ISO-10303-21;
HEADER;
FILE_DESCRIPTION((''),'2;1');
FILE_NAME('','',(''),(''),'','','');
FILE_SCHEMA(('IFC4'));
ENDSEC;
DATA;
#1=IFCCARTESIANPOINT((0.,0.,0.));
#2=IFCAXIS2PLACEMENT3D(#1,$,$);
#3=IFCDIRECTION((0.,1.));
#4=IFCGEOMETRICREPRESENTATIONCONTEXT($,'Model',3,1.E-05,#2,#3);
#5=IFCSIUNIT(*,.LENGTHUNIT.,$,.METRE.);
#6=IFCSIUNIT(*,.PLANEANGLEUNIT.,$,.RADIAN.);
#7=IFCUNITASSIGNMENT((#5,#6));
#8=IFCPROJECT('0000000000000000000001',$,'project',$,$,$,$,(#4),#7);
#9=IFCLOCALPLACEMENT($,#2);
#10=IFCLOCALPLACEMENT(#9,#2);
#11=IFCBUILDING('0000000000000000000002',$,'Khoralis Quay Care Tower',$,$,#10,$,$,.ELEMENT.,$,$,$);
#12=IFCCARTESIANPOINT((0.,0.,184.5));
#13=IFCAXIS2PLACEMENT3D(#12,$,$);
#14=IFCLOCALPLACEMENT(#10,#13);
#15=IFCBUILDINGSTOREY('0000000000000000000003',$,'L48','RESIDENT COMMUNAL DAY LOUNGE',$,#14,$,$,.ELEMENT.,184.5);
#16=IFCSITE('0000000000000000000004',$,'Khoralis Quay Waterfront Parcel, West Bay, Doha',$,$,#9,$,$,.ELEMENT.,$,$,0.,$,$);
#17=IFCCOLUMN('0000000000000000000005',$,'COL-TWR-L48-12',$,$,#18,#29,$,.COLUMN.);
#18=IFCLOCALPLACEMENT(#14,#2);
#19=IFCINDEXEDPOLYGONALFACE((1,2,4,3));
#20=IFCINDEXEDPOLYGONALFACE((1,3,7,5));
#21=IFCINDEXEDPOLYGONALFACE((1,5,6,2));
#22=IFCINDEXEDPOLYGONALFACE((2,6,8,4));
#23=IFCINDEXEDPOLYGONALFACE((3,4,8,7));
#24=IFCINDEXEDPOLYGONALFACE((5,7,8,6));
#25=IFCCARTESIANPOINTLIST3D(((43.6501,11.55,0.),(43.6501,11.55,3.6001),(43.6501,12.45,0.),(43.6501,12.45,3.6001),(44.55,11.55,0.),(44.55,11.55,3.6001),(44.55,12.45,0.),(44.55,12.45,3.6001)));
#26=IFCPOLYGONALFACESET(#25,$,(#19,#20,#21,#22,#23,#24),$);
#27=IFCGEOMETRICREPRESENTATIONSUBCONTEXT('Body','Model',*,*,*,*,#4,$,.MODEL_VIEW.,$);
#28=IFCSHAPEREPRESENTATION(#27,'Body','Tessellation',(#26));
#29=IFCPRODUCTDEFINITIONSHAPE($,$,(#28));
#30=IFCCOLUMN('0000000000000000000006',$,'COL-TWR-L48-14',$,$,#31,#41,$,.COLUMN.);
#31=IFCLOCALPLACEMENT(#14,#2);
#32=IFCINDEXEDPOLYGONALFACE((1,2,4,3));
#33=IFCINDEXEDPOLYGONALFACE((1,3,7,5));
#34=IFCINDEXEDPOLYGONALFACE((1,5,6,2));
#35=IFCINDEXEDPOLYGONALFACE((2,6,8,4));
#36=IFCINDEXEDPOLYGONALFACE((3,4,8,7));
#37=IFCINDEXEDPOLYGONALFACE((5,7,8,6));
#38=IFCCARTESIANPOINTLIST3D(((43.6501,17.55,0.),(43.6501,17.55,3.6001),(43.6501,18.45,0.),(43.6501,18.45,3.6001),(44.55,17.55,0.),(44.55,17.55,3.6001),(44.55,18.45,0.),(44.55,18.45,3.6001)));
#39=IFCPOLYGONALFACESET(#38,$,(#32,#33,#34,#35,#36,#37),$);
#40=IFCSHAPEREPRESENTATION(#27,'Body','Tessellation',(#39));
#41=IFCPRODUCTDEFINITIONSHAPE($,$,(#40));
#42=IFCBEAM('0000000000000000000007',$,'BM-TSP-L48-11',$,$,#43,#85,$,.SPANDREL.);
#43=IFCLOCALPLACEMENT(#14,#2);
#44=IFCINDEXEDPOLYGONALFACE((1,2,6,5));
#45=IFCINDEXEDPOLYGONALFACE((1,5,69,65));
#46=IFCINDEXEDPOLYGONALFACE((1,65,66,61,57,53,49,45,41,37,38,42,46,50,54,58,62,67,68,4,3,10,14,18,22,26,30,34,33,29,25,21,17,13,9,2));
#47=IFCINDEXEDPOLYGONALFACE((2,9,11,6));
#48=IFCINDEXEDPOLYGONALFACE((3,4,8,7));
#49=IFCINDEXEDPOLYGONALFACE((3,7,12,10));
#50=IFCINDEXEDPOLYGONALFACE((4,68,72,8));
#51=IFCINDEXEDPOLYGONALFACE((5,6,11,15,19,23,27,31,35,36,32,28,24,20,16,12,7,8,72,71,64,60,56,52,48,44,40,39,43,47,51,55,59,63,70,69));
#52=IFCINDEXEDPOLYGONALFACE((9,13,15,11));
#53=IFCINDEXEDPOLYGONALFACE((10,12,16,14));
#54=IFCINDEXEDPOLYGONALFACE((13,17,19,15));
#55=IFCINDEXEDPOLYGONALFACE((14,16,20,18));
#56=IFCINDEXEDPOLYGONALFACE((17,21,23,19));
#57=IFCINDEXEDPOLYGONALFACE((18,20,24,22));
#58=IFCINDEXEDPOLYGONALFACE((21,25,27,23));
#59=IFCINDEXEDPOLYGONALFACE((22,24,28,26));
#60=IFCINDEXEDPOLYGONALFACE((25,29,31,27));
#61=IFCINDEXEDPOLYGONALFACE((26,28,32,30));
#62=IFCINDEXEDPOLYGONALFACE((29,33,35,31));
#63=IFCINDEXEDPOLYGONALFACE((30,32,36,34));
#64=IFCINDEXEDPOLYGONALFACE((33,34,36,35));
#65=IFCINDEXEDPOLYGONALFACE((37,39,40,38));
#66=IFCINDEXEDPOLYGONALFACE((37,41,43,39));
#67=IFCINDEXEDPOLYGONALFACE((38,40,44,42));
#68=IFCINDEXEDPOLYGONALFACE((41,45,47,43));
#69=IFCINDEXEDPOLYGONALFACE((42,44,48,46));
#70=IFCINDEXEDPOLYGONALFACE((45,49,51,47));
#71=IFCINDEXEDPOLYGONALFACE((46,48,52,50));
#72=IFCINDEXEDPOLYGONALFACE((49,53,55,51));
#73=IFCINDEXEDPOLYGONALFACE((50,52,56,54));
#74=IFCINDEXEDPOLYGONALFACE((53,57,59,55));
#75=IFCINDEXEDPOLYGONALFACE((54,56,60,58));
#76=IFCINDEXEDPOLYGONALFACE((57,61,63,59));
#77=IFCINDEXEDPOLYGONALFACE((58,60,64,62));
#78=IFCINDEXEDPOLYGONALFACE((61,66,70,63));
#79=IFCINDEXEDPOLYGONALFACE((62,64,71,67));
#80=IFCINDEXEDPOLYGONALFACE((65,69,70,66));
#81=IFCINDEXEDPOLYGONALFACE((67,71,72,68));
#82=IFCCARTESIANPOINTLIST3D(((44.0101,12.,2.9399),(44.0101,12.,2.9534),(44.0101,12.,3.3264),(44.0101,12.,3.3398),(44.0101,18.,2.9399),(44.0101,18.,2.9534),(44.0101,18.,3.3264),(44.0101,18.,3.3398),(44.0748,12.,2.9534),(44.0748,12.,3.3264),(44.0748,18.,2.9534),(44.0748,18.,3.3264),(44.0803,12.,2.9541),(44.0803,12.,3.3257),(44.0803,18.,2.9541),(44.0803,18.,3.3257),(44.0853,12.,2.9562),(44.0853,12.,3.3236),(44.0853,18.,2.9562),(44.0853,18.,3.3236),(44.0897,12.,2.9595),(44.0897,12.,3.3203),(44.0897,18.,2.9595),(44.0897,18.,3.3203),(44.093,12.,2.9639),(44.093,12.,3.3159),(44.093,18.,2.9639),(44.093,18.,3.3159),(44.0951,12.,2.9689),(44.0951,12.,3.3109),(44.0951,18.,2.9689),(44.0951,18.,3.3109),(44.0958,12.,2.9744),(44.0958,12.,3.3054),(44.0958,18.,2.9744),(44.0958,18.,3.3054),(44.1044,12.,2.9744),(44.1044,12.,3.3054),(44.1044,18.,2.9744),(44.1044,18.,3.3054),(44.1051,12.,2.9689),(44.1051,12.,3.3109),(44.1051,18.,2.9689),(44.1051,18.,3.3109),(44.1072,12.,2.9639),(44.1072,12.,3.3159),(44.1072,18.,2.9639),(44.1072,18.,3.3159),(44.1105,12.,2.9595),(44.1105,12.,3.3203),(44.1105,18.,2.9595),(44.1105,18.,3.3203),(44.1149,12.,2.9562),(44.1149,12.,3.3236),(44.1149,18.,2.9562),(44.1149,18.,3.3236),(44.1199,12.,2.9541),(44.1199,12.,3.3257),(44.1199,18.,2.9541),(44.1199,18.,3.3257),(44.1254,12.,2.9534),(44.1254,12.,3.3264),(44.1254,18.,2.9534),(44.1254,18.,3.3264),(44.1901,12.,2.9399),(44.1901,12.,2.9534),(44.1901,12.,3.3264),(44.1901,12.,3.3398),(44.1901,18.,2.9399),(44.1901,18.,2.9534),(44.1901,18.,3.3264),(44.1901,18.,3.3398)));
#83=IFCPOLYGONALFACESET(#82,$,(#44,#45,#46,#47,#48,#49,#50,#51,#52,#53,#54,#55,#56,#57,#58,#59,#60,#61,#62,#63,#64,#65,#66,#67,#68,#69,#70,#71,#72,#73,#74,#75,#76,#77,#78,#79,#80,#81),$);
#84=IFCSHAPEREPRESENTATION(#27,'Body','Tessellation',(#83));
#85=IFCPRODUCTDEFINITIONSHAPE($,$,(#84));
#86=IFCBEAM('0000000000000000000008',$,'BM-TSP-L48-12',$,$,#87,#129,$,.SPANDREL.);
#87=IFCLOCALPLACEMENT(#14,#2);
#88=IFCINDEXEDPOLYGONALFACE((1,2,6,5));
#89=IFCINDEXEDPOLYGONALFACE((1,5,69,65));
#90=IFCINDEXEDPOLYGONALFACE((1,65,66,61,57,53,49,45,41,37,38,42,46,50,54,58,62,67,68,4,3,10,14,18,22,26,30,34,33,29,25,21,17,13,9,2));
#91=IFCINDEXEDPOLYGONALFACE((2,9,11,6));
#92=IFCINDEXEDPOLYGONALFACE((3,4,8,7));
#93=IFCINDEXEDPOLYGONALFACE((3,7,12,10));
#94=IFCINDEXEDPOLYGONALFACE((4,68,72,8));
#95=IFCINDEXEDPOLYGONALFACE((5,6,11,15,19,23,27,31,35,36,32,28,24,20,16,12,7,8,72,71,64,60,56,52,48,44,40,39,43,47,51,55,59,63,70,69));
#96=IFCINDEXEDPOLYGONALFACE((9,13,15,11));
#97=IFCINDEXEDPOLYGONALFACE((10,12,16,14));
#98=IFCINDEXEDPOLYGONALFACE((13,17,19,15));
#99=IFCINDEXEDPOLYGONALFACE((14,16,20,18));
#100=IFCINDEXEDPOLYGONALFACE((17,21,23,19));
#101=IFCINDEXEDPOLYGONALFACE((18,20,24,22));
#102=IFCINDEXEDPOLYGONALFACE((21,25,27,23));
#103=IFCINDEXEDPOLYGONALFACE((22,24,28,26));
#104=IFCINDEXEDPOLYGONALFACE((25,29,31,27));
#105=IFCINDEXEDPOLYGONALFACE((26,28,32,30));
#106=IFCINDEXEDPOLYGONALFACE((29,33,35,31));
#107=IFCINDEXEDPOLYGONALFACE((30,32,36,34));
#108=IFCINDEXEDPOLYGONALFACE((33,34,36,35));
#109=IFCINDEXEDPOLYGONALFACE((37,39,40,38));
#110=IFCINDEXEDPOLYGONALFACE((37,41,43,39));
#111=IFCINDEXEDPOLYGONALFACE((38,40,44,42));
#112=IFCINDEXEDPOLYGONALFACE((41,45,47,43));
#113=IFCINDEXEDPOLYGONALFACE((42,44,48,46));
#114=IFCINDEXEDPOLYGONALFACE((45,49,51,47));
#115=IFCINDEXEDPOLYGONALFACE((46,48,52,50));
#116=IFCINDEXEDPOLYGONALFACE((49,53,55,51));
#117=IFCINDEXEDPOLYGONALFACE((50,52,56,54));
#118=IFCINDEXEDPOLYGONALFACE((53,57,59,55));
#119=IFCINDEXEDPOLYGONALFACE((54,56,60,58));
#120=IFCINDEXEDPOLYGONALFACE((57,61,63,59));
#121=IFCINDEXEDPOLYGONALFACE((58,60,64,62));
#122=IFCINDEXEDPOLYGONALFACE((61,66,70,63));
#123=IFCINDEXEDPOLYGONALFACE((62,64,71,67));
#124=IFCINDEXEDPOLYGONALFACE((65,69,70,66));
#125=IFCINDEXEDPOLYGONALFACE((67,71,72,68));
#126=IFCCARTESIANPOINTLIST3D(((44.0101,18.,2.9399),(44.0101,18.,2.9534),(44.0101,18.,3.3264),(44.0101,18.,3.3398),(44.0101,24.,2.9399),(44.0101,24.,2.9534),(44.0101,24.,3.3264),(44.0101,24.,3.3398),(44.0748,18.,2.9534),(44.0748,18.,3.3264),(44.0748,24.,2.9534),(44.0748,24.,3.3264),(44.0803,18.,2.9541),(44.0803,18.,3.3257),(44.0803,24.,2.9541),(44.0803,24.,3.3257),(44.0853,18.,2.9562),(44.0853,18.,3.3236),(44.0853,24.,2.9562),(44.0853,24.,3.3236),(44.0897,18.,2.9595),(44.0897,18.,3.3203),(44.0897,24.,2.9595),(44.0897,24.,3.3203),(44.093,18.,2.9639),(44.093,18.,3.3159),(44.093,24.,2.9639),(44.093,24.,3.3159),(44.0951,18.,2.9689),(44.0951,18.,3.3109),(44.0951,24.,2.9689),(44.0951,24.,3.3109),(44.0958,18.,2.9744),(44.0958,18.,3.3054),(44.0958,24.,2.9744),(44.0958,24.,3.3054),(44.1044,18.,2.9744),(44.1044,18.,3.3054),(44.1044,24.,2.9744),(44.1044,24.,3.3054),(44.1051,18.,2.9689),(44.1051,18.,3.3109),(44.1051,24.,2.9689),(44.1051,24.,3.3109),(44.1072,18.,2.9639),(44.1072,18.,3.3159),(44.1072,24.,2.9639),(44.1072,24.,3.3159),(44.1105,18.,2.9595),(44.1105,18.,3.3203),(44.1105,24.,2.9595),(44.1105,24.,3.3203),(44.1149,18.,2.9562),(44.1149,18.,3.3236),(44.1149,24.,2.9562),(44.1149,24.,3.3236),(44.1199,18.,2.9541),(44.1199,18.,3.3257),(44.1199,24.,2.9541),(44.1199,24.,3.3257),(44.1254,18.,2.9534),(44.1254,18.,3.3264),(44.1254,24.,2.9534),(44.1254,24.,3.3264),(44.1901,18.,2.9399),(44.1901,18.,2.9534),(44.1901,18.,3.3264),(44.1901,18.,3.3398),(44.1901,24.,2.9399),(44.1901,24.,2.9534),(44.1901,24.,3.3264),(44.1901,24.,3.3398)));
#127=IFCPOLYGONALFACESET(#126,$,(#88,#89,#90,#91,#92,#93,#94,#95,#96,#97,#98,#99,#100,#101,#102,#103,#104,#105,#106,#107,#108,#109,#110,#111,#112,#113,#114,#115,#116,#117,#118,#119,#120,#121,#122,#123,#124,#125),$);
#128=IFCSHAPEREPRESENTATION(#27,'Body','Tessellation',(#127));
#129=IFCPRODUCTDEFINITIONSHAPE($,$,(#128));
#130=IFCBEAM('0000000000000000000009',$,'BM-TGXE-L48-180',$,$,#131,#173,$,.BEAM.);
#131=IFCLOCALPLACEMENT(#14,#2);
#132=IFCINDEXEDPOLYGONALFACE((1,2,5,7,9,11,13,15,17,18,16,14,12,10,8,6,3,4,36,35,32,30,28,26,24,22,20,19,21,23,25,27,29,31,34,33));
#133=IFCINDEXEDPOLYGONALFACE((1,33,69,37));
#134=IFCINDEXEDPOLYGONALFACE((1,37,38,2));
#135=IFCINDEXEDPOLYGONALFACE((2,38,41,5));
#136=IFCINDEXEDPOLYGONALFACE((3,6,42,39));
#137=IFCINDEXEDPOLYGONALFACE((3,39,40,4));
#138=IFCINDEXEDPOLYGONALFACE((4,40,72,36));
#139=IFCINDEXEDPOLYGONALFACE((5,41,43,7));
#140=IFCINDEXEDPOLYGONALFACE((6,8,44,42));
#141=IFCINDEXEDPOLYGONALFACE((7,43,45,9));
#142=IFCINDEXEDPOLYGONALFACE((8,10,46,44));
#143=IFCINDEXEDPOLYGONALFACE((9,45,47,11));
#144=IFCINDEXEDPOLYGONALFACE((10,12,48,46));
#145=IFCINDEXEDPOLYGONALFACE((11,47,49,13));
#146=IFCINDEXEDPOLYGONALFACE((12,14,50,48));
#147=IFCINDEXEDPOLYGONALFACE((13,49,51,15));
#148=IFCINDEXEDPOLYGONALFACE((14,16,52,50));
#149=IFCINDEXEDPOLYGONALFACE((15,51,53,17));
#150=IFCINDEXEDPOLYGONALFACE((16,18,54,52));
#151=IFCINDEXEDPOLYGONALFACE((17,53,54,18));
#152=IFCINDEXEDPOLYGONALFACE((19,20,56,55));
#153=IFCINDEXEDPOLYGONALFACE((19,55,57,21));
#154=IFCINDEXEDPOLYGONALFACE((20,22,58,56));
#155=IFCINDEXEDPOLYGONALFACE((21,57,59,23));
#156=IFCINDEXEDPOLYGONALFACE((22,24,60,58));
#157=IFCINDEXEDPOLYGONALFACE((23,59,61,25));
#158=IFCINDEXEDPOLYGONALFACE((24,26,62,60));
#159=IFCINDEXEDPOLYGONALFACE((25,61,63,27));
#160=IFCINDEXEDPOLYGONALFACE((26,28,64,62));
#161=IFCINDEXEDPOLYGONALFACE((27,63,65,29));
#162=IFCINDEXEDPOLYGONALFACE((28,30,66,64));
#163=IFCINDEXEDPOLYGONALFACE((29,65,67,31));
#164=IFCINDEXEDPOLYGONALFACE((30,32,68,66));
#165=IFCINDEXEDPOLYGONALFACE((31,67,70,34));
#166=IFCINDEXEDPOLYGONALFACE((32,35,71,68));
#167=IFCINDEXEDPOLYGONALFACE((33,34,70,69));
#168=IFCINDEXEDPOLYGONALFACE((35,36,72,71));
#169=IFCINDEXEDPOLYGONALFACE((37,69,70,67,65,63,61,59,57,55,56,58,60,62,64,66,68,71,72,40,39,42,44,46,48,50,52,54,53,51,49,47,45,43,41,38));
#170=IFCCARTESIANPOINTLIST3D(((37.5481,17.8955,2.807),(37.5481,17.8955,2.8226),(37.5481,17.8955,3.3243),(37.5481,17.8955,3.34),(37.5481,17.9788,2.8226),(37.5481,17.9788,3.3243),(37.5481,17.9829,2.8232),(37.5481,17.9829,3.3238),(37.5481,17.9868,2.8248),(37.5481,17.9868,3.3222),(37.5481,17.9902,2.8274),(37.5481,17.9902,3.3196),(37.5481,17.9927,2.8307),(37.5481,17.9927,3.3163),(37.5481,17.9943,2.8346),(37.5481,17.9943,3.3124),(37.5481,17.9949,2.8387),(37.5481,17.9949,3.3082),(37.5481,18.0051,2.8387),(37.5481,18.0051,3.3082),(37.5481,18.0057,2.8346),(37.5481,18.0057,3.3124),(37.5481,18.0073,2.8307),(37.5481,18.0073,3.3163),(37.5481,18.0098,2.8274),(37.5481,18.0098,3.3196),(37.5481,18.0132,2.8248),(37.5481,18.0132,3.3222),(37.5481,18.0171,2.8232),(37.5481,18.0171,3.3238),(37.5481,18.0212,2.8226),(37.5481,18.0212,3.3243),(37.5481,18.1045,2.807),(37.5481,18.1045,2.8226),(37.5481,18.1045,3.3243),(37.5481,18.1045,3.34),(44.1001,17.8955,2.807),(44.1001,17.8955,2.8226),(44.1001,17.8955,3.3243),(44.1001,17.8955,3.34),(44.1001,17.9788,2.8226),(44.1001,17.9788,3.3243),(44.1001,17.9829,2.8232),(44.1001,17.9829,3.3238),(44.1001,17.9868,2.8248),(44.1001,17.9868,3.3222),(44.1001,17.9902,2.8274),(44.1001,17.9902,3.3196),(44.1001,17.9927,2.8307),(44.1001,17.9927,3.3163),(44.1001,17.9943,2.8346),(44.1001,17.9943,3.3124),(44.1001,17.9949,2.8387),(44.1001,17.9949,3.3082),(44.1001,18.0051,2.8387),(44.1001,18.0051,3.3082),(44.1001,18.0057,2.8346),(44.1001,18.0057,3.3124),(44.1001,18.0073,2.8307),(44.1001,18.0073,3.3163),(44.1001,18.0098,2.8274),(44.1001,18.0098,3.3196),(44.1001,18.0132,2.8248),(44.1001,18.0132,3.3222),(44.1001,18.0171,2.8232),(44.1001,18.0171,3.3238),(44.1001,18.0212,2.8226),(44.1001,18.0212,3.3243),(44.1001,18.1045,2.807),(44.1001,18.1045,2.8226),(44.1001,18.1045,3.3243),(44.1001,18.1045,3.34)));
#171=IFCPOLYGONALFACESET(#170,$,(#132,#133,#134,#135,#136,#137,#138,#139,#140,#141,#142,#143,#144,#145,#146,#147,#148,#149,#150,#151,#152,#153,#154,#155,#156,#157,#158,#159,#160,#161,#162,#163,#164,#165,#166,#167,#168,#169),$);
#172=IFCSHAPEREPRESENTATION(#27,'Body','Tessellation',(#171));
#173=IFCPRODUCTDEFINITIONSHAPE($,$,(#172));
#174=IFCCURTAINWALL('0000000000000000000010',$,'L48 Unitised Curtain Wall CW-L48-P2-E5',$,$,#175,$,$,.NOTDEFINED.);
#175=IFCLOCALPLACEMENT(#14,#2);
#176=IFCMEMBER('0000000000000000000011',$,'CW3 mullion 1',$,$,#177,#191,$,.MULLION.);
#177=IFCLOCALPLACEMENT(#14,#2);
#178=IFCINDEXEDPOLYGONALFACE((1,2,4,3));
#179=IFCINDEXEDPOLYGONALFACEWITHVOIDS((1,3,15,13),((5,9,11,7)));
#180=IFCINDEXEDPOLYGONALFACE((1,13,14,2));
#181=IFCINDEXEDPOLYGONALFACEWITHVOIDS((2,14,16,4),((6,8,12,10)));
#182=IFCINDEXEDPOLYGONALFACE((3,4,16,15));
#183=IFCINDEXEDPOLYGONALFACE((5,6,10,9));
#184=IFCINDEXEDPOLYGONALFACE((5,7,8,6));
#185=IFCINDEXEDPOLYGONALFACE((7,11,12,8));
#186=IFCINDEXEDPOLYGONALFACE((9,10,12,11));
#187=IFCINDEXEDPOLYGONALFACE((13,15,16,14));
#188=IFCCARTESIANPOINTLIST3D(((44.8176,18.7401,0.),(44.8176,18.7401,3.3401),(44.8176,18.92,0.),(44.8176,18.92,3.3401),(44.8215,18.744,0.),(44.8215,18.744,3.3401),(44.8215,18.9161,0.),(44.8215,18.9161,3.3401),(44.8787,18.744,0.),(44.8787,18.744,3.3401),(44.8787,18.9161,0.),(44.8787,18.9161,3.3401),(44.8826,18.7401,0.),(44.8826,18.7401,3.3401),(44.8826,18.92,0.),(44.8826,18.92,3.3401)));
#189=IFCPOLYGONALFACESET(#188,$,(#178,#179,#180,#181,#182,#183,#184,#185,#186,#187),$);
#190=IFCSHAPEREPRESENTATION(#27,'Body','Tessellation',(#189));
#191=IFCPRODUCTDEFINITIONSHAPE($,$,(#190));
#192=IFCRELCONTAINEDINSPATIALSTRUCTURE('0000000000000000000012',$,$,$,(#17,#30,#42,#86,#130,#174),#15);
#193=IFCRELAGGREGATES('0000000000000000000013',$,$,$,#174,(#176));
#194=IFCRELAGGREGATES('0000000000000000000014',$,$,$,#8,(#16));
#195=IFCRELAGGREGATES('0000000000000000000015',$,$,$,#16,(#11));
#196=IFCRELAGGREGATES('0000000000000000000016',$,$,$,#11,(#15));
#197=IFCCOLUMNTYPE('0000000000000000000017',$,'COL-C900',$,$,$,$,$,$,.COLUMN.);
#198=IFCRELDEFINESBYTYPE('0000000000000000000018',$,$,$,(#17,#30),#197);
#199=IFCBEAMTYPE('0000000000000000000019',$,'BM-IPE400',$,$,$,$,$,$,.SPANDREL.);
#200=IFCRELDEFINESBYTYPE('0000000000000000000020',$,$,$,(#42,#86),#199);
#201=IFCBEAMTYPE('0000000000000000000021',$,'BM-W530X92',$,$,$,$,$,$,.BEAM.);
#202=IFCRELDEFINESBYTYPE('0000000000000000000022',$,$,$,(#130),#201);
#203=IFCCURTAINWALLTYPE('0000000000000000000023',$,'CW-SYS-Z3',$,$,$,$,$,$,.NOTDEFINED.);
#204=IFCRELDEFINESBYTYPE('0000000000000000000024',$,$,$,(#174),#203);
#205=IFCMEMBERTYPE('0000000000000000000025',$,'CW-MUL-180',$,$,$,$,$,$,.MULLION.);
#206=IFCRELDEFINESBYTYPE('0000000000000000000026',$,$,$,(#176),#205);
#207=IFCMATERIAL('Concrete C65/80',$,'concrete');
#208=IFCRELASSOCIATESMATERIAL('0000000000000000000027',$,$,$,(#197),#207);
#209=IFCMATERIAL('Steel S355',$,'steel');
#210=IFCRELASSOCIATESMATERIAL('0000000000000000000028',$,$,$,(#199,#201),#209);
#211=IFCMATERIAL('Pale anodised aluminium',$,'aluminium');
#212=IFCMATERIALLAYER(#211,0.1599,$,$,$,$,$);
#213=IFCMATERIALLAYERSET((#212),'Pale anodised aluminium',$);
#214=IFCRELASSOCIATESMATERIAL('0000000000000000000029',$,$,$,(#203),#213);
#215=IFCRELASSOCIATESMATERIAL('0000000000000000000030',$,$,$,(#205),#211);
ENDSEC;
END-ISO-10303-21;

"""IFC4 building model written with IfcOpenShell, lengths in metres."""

from ifc_helpers import new_model, si_unit, direction, frame, origin, origin_2d, place, context, subcontext, project, spatial, rectangle, hollow_rectangle, i_section, extrude, source, transform, mapped, material, layer, layer_set, material_profile, profile_set, type_object, element, aggregate, save


model = new_model("IFC4")

# Units and contexts
model_context = context("Model", 3, precision=1e-05, world=origin(), true_north=direction((0.0, 1.0)))
body_context = subcontext(model_context, "Body", "Model", "MODEL_VIEW")
ifc_project = project(units=[si_unit("LENGTHUNIT", "METRE"), si_unit("PLANEANGLEUNIT", "RADIAN")], contexts=[model_context])

# Site, building, storey
site_placement = place(None, origin())
site = spatial("IfcSite", under=ifc_project, at=site_placement, Name="Khoralis Quay Waterfront Parcel, West Bay, Doha", CompositionType="ELEMENT", RefElevation=0.0)
building_placement = place(site_placement, origin())
building = spatial("IfcBuilding", under=site, at=building_placement, Name="Khoralis Quay Care Tower", CompositionType="ELEMENT")
storey_placement = place(building_placement, frame((0.0, 0.0, 184.5)))
storey = spatial("IfcBuildingStorey", under=building, at=storey_placement, Name="L48", Description="RESIDENT COMMUNAL DAY LOUNGE", CompositionType="ELEMENT", Elevation=184.5)

# Columns
ifc_material_1 = material(Name="Concrete C65/80", Category="concrete")
ifc_material_profile_1 = material_profile(ifc_material_1, rectangle(XDim=0.8999, YDim=0.8999, at=origin_2d()), Name="Concrete C65/80")
ifc_profile_set_1 = profile_set([ifc_material_profile_1], Name="Concrete C65/80")
column_type = type_object("IfcColumnType", Name="COL-C900", PredefinedType="COLUMN", material=ifc_profile_set_1)
shared_shape_1 = source(origin(), body_context, "Body", "SweptSolid", [
    extrude(rectangle(XDim=0.8999, YDim=0.8999, at=origin_2d()), origin(), (0.0, 0.0, 1.0), 3.6001),
])
for number, where, z_axis, x_axis, name in (
    (1, (44.1001, 12.0, 0.0), (0.0, 0.0, 1.0), (1.0, 0.0, 0.0), "COL-TWR-L48-12"),
    (2, (44.1001, 18.0, 0.0), (0.0, 0.0, 1.0), (1.0, 0.0, 0.0), "COL-TWR-L48-14"),
):
    element("IfcColumn", number, at=place(storey_placement, frame(where, z_axis=z_axis, x_axis=x_axis)), inside=storey, type_object=column_type, Name=name, PredefinedType="COLUMN", context=body_context, shape_type="MappedRepresentation", body=[
        mapped(shared_shape_1, transform((0.0, 0.0, 0.0), scale=1.0)),
    ])

# Beams
ifc_material_2 = material(Name="Steel S355", Category="steel")
ifc_material_profile_2 = material_profile(ifc_material_2, i_section(OverallWidth=0.1799, OverallDepth=0.3999, WebThickness=0.0085, FlangeThickness=0.0134, FilletRadius=0.021, at=origin_2d()), Name="Steel S355")
ifc_profile_set_2 = profile_set([ifc_material_profile_2], Name="Steel S355")
beam_type_1 = type_object("IfcBeamType", Name="BM-IPE400", PredefinedType="SPANDREL", material=ifc_profile_set_2)
shared_shape_2 = source(origin(), body_context, "Body", "SweptSolid", [
    extrude(i_section(OverallWidth=0.1799, OverallDepth=0.3999, WebThickness=0.0085, FlangeThickness=0.0134, FilletRadius=0.021, at=origin_2d()), origin(), (0.0, 0.0, 1.0), 6.0),
])
for number, where, z_axis, x_axis, name in (
    (3, (44.1001, 12.0, 3.1399), (0.0, 1.0, 0.0), (-1.0, 0.0, 0.0), "BM-TSP-L48-11"),
    (4, (44.1001, 18.0, 3.1399), (0.0, 1.0, 0.0), (-1.0, 0.0, 0.0), "BM-TSP-L48-12"),
):
    element("IfcBeam", number, at=place(storey_placement, frame(where, z_axis=z_axis, x_axis=x_axis)), inside=storey, type_object=beam_type_1, Name=name, PredefinedType="SPANDREL", context=body_context, shape_type="MappedRepresentation", body=[
        mapped(shared_shape_2, transform((0.0, 0.0, 0.0), scale=1.0)),
    ])
ifc_material_profile_3 = material_profile(ifc_material_2, i_section(OverallWidth=0.209, OverallDepth=0.533, WebThickness=0.0103, FlangeThickness=0.0156, FilletRadius=0.0161, at=origin_2d()), Name="Steel S355")
ifc_profile_set_3 = profile_set([ifc_material_profile_3], Name="Steel S355")
beam_type_2 = type_object("IfcBeamType", Name="BM-W530X92", PredefinedType="BEAM", material=ifc_profile_set_3)
shared_shape_3 = source(origin(), body_context, "Body", "SweptSolid", [
    extrude(i_section(OverallWidth=0.209, OverallDepth=0.533, WebThickness=0.0103, FlangeThickness=0.0156, FilletRadius=0.0161, at=origin_2d()), origin(), (0.0, 0.0, 1.0), 6.552),
])
beam_placement = place(storey_placement, frame((37.5481, 18.0, 3.0735), z_axis=(1.0, 0.0, 0.0), x_axis=(0.0, 1.0, 0.0)))
element("IfcBeam", 5, at=beam_placement, inside=storey, type_object=beam_type_2, Name="BM-TGXE-L48-180", PredefinedType="BEAM", context=body_context, shape_type="MappedRepresentation", body=[
    mapped(shared_shape_3, transform((0.0, 0.0, 0.0), scale=1.0)),
])

# Curtain wall, member
ifc_material_3 = material(Name="Pale anodised aluminium", Category="aluminium")
ifc_layer_1 = layer(ifc_material_3, 0.1599)
ifc_layer_set_1 = layer_set([ifc_layer_1], Name="Pale anodised aluminium")
curtain_wall_type = type_object("IfcCurtainWallType", Name="CW-SYS-Z3", PredefinedType="NOTDEFINED", material=ifc_layer_set_1)
curtain_wall_placement = place(storey_placement, origin())
curtain_wall = element("IfcCurtainWall", 6, at=curtain_wall_placement, inside=storey, type_object=curtain_wall_type, Name="L48 Unitised Curtain Wall CW-L48-P2-E5", PredefinedType="NOTDEFINED")
ifc_material_profile_4 = material_profile(ifc_material_3, hollow_rectangle(XDim=0.0649, YDim=0.1799, WallThickness=0.0039, at=origin_2d()), Name="Pale anodised aluminium")
ifc_profile_set_4 = profile_set([ifc_material_profile_4], Name="Pale anodised aluminium")
member_type_1 = type_object("IfcMemberType", Name="CW-MUL-180", PredefinedType="MULLION", material=ifc_profile_set_4)
shared_shape_4 = source(origin(), body_context, "Body", "SweptSolid", [
    extrude(hollow_rectangle(XDim=0.0649, YDim=0.1799, WallThickness=0.0039, at=origin_2d()), origin(), (0.0, 0.0, 1.0), 3.3401),
])
member_1_placement = place(storey_placement, frame((44.8501, 18.8301, 0.0), z_axis=(0.0, 0.0, 1.0), x_axis=(-1.0, 0.0, 0.0)))
member_1 = element("IfcMember", 7, at=member_1_placement, type_object=member_type_1, Name="CW3 mullion 1", PredefinedType="MULLION", context=body_context, shape_type="MappedRepresentation", body=[
    mapped(shared_shape_4, transform((0.0, 0.0, 0.0), scale=1.0)),
])
aggregate(curtain_wall, [member_1])

save(model, "model.ifc")
